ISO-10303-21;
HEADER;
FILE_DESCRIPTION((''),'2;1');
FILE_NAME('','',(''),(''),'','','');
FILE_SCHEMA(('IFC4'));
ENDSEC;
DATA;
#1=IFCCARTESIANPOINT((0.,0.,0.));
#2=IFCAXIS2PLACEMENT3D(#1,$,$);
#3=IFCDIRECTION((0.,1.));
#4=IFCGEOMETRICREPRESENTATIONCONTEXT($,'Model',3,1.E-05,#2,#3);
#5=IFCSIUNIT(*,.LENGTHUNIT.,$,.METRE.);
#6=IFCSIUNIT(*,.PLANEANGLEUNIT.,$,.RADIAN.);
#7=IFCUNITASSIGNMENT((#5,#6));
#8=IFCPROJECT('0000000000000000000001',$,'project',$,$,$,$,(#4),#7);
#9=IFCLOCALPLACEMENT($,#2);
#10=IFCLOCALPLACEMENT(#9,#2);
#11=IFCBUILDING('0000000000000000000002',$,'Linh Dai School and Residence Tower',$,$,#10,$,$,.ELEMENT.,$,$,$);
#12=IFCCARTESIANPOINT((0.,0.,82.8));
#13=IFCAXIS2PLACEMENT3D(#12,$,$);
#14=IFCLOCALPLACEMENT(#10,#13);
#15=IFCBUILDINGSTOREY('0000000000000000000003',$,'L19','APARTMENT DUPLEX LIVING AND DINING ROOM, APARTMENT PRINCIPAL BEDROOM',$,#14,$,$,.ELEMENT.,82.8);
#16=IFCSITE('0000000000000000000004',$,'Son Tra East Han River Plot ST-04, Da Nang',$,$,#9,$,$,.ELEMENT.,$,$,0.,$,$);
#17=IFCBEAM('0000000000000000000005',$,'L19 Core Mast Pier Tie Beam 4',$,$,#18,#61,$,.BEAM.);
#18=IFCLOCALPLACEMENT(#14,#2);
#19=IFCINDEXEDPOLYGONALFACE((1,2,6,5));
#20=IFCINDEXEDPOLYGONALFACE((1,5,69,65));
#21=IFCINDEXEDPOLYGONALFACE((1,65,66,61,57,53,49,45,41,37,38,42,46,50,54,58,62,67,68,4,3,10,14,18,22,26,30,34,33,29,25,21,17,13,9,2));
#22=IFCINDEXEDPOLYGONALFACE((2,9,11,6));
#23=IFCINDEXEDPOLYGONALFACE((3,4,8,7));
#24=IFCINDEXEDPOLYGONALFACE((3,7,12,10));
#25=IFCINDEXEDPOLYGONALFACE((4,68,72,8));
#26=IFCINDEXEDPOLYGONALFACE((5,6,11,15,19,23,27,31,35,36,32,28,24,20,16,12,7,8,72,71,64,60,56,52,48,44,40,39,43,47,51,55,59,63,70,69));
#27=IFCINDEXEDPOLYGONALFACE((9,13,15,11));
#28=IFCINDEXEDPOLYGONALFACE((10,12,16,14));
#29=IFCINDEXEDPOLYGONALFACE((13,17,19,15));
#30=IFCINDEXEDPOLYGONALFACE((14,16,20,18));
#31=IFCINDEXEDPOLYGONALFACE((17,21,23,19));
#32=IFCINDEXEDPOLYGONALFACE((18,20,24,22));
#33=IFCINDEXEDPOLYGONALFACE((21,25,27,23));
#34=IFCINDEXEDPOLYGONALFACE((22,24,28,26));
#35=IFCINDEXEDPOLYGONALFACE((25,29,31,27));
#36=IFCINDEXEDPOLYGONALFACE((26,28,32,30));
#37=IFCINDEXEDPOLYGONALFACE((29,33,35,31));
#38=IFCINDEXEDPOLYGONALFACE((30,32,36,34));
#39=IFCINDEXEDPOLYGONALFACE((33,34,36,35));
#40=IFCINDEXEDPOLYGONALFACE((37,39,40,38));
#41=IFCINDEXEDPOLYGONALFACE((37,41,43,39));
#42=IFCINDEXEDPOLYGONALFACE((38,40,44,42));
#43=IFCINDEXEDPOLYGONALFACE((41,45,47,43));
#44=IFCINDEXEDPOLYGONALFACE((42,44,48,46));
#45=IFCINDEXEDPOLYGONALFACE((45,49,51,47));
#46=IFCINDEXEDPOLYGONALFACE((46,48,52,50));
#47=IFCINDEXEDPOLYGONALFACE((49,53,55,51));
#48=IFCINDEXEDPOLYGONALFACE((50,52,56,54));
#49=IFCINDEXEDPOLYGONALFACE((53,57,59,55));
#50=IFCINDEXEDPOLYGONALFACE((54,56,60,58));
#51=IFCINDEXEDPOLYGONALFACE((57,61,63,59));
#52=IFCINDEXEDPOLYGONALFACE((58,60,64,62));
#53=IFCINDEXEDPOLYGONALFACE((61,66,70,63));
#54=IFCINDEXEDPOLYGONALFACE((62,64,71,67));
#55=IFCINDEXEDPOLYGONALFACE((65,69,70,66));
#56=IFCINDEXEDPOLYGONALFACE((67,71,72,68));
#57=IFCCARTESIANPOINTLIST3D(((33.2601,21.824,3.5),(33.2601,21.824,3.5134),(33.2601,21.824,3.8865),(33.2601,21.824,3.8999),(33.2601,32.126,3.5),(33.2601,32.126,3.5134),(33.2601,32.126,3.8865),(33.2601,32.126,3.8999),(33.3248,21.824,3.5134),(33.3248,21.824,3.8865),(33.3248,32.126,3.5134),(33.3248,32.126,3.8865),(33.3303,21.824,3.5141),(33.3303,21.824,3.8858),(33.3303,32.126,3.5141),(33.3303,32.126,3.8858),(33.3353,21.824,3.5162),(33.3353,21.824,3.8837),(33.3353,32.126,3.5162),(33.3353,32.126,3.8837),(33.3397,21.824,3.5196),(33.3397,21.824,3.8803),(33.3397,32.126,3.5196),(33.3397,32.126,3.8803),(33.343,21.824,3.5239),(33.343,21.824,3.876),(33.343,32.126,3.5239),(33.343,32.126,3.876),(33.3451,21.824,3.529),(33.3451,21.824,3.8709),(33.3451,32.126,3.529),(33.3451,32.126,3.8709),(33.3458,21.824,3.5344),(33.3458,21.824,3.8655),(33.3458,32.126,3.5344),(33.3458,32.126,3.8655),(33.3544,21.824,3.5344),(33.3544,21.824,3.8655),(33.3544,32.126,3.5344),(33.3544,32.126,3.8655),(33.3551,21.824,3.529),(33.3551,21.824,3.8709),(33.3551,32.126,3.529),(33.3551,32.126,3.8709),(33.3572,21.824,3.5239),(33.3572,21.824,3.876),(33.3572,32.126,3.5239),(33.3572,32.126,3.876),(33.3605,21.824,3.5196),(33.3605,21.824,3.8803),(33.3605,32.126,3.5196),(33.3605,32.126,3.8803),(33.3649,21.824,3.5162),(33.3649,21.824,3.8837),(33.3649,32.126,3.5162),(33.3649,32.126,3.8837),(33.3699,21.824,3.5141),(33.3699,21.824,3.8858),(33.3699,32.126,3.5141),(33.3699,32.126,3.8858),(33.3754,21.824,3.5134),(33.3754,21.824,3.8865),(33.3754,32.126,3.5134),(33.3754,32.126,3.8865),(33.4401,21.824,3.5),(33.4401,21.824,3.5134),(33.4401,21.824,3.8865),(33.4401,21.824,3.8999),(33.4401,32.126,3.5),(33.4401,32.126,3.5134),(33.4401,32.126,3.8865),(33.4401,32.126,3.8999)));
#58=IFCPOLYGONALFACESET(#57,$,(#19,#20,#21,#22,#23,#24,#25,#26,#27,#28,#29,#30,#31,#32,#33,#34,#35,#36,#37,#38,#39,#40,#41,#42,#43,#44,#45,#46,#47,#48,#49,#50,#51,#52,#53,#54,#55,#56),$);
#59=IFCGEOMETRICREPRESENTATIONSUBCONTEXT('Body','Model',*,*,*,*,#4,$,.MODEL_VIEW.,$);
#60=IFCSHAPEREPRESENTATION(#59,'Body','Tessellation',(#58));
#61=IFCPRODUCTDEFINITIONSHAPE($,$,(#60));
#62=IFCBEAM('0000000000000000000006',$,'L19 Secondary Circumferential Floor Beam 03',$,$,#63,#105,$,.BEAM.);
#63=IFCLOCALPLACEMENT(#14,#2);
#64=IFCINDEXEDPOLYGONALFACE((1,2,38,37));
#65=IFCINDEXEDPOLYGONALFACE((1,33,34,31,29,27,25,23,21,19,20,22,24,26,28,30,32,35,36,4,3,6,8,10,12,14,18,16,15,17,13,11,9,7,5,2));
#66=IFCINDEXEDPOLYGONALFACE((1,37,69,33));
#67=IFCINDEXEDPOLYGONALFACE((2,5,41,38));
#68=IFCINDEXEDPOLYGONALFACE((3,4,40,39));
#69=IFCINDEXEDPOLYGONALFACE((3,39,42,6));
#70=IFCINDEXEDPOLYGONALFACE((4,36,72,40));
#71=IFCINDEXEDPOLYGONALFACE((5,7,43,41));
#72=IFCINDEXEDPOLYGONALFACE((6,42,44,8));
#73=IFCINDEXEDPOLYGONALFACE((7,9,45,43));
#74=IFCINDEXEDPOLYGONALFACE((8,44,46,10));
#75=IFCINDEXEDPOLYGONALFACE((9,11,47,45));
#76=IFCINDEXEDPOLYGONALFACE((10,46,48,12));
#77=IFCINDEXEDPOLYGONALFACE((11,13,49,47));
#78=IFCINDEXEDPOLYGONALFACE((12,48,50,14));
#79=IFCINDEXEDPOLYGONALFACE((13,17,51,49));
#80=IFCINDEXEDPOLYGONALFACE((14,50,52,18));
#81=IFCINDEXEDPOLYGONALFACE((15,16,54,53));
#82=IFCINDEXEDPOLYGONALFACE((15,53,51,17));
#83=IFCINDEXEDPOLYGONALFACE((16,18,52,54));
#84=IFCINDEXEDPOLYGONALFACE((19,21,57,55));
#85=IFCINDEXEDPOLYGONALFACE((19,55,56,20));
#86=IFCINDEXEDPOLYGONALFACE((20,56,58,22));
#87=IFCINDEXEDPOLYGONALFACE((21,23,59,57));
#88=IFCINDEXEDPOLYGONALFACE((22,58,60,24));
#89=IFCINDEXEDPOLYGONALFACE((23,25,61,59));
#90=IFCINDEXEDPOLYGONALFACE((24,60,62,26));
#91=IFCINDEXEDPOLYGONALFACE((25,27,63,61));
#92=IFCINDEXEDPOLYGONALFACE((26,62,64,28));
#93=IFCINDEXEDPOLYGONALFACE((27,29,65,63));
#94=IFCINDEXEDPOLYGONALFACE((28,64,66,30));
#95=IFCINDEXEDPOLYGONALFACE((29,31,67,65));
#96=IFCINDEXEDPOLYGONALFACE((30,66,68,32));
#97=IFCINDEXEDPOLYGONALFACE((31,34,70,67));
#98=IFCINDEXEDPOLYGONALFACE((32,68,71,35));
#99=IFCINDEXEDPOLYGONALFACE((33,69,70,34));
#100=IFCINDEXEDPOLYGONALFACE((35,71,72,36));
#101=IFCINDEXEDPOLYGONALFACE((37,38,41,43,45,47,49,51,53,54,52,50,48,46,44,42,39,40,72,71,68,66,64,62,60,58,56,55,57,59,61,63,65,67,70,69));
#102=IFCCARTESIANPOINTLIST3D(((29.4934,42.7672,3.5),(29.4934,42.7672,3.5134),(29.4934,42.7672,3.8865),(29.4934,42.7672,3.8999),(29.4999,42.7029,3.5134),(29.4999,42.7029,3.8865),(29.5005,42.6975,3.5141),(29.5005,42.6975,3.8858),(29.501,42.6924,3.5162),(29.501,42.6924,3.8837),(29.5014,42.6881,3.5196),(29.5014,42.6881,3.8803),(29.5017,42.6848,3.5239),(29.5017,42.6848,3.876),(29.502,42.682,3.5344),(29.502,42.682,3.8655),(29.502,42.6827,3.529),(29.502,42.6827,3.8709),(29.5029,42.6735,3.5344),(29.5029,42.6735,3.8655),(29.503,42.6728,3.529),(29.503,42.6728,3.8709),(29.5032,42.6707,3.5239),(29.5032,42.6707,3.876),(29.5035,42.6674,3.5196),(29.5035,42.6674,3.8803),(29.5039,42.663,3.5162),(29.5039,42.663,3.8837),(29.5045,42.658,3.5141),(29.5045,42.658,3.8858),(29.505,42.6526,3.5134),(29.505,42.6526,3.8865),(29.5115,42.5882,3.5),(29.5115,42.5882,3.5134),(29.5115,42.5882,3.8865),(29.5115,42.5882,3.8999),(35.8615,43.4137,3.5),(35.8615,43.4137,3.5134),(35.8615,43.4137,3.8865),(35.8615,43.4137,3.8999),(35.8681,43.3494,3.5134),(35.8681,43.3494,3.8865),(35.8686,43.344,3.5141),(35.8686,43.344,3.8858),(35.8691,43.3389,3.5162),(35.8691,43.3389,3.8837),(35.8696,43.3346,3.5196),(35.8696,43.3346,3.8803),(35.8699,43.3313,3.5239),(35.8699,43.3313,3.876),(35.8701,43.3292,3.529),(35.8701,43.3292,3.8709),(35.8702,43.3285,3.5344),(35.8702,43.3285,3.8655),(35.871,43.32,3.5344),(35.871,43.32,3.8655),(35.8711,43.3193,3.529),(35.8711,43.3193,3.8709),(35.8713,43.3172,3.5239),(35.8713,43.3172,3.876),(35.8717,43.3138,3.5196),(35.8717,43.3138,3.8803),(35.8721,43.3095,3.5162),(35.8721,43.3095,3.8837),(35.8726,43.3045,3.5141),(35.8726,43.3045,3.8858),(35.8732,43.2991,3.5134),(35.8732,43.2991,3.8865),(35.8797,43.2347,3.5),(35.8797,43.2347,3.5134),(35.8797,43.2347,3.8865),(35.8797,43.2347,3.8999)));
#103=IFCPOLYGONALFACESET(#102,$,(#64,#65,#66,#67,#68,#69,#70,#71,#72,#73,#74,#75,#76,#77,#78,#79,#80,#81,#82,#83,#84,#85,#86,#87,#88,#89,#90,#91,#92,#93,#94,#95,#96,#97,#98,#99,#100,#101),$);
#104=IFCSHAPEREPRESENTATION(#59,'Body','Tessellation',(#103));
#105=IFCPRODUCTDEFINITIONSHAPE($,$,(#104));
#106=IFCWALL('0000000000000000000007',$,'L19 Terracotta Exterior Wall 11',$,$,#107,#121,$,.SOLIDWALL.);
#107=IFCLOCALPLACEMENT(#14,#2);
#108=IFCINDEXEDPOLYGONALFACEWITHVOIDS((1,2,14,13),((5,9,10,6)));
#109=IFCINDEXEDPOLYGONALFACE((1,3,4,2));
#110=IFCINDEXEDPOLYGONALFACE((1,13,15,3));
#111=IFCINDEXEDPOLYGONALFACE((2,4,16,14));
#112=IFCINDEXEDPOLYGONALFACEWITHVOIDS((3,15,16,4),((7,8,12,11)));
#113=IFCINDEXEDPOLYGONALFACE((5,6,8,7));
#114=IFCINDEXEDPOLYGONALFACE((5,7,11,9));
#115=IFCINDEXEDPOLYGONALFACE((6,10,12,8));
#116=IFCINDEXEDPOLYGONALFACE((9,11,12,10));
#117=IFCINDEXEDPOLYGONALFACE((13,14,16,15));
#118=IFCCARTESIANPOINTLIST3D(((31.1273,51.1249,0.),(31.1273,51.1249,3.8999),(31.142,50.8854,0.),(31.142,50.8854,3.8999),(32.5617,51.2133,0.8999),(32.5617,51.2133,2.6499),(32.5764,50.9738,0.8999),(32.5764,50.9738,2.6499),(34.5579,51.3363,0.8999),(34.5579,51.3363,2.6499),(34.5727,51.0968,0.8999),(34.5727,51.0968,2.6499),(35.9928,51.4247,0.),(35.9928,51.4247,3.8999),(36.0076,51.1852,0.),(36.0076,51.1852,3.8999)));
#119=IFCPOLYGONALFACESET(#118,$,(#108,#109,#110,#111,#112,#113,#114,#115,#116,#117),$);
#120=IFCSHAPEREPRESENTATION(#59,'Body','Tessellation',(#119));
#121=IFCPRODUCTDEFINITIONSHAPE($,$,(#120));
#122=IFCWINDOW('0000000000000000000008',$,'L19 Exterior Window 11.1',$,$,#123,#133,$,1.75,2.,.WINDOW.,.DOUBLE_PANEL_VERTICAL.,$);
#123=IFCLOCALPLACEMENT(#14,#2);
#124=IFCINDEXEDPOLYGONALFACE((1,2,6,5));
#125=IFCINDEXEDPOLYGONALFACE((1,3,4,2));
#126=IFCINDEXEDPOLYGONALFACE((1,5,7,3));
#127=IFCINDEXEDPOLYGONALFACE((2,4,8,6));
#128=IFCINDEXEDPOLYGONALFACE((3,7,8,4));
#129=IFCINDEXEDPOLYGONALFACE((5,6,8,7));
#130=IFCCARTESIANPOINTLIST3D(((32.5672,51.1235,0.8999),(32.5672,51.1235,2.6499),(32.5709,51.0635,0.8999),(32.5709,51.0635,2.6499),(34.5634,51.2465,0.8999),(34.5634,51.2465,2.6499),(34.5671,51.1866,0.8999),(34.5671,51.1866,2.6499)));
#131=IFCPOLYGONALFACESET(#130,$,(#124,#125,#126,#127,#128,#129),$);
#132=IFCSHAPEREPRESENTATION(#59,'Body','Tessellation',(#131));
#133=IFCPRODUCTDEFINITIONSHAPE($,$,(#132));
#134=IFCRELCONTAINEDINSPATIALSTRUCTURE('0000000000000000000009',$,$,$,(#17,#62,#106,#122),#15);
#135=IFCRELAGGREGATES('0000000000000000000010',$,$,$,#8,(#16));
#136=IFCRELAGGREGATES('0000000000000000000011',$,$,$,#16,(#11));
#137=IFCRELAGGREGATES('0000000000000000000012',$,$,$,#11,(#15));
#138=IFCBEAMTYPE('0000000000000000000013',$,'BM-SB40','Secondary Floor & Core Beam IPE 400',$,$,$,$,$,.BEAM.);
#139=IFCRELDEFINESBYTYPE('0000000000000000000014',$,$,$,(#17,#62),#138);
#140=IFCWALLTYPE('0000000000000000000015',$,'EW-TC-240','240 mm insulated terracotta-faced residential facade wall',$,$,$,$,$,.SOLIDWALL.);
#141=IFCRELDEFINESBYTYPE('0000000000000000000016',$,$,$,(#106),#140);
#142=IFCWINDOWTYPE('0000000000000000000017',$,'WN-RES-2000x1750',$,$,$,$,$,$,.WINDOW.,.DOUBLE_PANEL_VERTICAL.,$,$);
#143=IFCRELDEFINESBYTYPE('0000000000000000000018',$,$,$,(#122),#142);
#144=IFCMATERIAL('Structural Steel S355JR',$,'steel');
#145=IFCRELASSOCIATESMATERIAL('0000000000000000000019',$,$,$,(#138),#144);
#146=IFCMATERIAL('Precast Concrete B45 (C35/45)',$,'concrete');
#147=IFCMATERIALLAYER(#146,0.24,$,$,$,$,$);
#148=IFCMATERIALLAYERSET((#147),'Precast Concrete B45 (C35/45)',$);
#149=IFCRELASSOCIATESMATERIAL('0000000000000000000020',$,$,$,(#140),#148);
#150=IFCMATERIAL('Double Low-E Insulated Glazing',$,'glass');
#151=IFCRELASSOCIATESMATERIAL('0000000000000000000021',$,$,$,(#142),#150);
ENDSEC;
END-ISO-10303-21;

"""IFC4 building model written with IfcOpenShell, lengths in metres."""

from ifc_helpers import new_model, si_unit, direction, frame, frame_2d, origin, origin_2d, place, context, subcontext, project, spatial, rectangle, i_section, extrude, source, transform, mapped, material, layer, layer_set, material_profile, profile_set, type_object, element, fill, save


model = new_model("IFC4")

# Units and contexts
model_context = context("Model", 3, precision=1e-05, world=origin(), true_north=direction((0.0, 1.0)))
body_context = subcontext(model_context, "Body", "Model", "MODEL_VIEW")
ifc_project = project(units=[si_unit("LENGTHUNIT", "METRE"), si_unit("PLANEANGLEUNIT", "RADIAN")], contexts=[model_context])

# Site, building, storey
site_placement = place(None, origin())
site = spatial("IfcSite", under=ifc_project, at=site_placement, Name="Son Tra East Han River Plot ST-04, Da Nang", CompositionType="ELEMENT", RefElevation=0.0)
building_placement = place(site_placement, origin())
building = spatial("IfcBuilding", under=site, at=building_placement, Name="Linh Dai School and Residence Tower", CompositionType="ELEMENT")
storey_placement = place(building_placement, frame((0.0, 0.0, 82.8)))
storey = spatial("IfcBuildingStorey", under=building, at=storey_placement, Name="L19", Description="APARTMENT DUPLEX LIVING AND DINING ROOM, APARTMENT PRINCIPAL BEDROOM", CompositionType="ELEMENT", Elevation=82.8)

# Shared definitions
ifc_material_1 = material(Name="Structural Steel S355JR", Category="steel")

# Beams
ifc_material_profile_1 = material_profile(ifc_material_1, i_section(OverallWidth=0.1799, OverallDepth=0.3999, WebThickness=0.0085, FlangeThickness=0.0134, FilletRadius=0.021, at=origin_2d()), Name="IPE 400")
ifc_profile_set_1 = profile_set([ifc_material_profile_1], Name="Structural Steel S355JR")
beam_type_1 = type_object("IfcBeamType", Name="BM-SB40", Description="Secondary Floor & Core Beam IPE 400", PredefinedType="BEAM", material=ifc_profile_set_1)
beam_1_placement = place(storey_placement, frame((33.3501, 32.126, 3.7), z_axis=(0.0, -1.0, 0.0), x_axis=(1.0, 0.0, 0.0)))
element("IfcBeam", 1, at=beam_1_placement, inside=storey, type_object=beam_type_1, Name="L19 Core Mast Pier Tie Beam 4", PredefinedType="BEAM", context=body_context, shape_type="SweptSolid", body=[
    extrude(i_section(OverallWidth=0.1799, OverallDepth=0.3999, WebThickness=0.0085, FlangeThickness=0.0134, FilletRadius=0.021, at=origin_2d()), origin(), (0.0, 0.0, 1.0), 10.302),
])
beam_2_placement = place(storey_placement, frame((35.8706, 43.3242, 3.7), z_axis=(-0.994887, -0.100999, 0.0), x_axis=(0.100999, -0.994887, 0.0)))
element("IfcBeam", 2, at=beam_2_placement, inside=storey, type_object=beam_type_1, Name="L19 Secondary Circumferential Floor Beam 03", PredefinedType="BEAM", context=body_context, shape_type="SweptSolid", body=[
    extrude(i_section(OverallWidth=0.1799, OverallDepth=0.3999, WebThickness=0.0085, FlangeThickness=0.0134, FilletRadius=0.021, at=origin_2d()), origin(), (0.0, 0.0, 1.0), 6.4009),
])

# Wall, opening, window
ifc_material_2 = material(Name="Precast Concrete B45 (C35/45)", Category="concrete")
ifc_layer_1 = layer(ifc_material_2, 0.24)
ifc_layer_set_1 = layer_set([ifc_layer_1], Name="Precast Concrete B45 (C35/45)")
wall_type_1 = type_object("IfcWallType", Name="EW-TC-240", Description="240 mm insulated terracotta-faced residential facade wall", PredefinedType="SOLIDWALL", material=ifc_layer_set_1)
wall_1_placement = place(storey_placement, frame((31.1345, 51.0051, 0.0), z_axis=(0.0, 0.0, 1.0), x_axis=(0.998107, 0.061502, 0.0)))
wall_1 = element("IfcWall", 3, at=wall_1_placement, inside=storey, type_object=wall_type_1, Name="L19 Terracotta Exterior Wall 11", PredefinedType="SOLIDWALL", context=body_context, shape_type="SweptSolid", body=[
    extrude(rectangle(XDim=4.8748, YDim=0.24, at=frame_2d((2.4375, 0.0))), origin(), (0.0, 0.0, 1.0), 3.8999),
])
opening_1_placement = place(wall_1_placement, frame((1.4373, 0.0, 0.8999)))
opening_1 = element("IfcOpeningElement", 4, at=opening_1_placement, cuts=wall_1, PredefinedType="OPENING", context=body_context, shape_type="SweptSolid", body=[
    extrude(rectangle(XDim=2.0, YDim=1.75, at=origin_2d()), frame((1.0, 0.1299, 0.875), z_axis=(0.0, -1.0, 0.0), x_axis=(1.0, 0.0, 0.0)), (0.0, 0.0, 1.0), 0.26),
])
ifc_material_3 = material(Name="Double Low-E Insulated Glazing", Category="glass")
window_type = type_object("IfcWindowType", Name="WN-RES-2000x1750", PartitioningType="DOUBLE_PANEL_VERTICAL", PredefinedType="WINDOW", material=ifc_material_3)
shared_shape_1 = source(origin(), body_context, "Body", "SweptSolid", [
    extrude(rectangle(XDim=2.0, YDim=1.75, at=origin_2d()), frame((1.0, 0.03, 0.875), z_axis=(0.0, -1.0, 0.0), x_axis=(1.0, 0.0, 0.0)), (0.0, 0.0, 1.0), 0.0601),
])
window_placement = place(opening_1_placement, origin())
window = element("IfcWindow", 5, at=window_placement, inside=storey, type_object=window_type, Name="L19 Exterior Window 11.1", OverallHeight=1.75, OverallWidth=2.0, PartitioningType="DOUBLE_PANEL_VERTICAL", PredefinedType="WINDOW", context=body_context, shape_type="MappedRepresentation", body=[
    mapped(shared_shape_1, transform((0.0, 0.0, 0.0), x_axis=(1.0, 0.0, 0.0), y_axis=(0.0, 1.0, 0.0), z_axis=(0.0, 0.0, 1.0), scale=1.0)),
])
fill(opening_1, window)

save(model, "model.ifc")
